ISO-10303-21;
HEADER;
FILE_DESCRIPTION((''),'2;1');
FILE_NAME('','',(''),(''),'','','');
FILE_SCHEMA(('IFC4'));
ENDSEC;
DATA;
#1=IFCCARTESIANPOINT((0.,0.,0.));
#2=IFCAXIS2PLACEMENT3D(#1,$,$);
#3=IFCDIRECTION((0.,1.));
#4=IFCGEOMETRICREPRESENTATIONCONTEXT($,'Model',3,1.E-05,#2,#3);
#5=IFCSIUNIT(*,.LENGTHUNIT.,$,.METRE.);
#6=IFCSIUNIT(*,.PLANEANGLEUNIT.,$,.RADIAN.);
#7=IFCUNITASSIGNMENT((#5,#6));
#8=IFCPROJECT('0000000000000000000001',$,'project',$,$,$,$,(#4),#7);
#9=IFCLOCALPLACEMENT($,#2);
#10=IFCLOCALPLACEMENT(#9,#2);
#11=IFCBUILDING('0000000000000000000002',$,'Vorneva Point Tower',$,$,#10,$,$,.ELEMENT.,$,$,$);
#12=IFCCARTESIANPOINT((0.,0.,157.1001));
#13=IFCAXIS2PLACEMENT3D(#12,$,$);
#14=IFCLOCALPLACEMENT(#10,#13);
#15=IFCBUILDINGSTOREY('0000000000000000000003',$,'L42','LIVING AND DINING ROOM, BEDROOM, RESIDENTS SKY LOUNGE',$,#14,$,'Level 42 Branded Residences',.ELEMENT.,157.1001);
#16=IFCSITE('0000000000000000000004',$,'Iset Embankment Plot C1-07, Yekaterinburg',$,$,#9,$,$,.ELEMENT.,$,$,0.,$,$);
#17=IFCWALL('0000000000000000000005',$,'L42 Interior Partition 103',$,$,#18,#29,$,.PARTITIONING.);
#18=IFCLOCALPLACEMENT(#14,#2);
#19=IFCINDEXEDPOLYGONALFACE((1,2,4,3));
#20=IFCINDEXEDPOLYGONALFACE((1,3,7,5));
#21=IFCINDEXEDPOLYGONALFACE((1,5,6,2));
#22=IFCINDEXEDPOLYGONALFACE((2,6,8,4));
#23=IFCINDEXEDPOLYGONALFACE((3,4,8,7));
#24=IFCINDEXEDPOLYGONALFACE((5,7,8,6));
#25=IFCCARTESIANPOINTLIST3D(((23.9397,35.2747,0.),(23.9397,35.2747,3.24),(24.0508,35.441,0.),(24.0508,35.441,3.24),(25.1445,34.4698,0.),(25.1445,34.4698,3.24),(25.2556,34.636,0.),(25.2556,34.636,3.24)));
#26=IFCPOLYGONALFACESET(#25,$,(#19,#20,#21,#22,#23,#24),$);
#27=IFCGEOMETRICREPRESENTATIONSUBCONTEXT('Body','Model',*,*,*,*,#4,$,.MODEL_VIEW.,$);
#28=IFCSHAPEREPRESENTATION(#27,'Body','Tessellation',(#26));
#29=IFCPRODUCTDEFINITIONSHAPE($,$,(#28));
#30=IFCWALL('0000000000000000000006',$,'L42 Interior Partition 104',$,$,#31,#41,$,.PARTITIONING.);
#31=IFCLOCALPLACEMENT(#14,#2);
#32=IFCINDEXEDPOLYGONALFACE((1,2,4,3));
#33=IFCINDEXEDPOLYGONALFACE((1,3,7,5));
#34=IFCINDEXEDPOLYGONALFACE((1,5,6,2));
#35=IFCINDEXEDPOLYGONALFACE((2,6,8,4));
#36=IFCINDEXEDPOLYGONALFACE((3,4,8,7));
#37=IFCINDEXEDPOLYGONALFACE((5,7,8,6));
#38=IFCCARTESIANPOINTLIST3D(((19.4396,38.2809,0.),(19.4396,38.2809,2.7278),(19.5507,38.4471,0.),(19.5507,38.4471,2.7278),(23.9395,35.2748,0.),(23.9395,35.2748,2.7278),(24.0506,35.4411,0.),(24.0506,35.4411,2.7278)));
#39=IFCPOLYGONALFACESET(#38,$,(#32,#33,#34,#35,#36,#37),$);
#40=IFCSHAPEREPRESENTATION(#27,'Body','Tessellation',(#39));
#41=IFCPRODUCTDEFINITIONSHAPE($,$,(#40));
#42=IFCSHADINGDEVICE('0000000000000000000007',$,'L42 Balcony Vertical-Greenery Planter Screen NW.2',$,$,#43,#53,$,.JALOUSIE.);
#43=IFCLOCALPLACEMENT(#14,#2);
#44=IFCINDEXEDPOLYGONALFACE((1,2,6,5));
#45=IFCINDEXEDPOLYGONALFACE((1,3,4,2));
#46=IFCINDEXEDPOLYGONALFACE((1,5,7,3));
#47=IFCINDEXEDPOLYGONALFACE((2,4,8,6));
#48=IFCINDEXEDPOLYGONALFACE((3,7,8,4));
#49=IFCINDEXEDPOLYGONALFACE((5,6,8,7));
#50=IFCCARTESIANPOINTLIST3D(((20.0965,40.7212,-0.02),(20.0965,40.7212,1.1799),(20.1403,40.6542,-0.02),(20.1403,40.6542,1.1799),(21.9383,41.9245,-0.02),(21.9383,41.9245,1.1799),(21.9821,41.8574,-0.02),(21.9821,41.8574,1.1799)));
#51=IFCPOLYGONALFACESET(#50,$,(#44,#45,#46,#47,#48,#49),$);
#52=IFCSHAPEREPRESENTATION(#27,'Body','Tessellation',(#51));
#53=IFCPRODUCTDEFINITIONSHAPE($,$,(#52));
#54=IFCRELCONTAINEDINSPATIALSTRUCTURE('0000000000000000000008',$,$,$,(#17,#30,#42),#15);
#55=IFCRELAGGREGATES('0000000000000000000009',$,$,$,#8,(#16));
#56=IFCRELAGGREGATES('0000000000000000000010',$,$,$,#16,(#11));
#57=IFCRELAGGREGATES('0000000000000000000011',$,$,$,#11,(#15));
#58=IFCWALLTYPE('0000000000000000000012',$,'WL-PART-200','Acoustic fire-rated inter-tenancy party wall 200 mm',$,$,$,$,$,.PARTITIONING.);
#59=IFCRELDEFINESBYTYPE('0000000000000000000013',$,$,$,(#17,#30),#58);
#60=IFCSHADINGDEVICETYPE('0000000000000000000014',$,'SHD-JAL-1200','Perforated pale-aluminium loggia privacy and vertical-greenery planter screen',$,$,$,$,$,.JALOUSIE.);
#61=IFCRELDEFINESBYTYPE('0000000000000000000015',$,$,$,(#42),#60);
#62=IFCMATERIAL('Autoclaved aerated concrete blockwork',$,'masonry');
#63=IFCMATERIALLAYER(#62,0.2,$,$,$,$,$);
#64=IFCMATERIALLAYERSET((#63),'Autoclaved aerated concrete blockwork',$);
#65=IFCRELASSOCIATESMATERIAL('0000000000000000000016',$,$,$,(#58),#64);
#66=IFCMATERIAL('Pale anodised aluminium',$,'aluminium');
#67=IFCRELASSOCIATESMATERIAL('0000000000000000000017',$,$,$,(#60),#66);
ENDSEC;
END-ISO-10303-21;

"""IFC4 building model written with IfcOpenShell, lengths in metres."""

from ifc_helpers import new_model, si_unit, direction, frame, frame_2d, origin, origin_2d, place, context, subcontext, project, spatial, rectangle, extrude, material, layer, layer_set, type_object, element, save


model = new_model("IFC4")

# Units and contexts
model_context = context("Model", 3, precision=1e-05, world=origin(), true_north=direction((0.0, 1.0)))
body_context = subcontext(model_context, "Body", "Model", "MODEL_VIEW")
ifc_project = project(units=[si_unit("LENGTHUNIT", "METRE"), si_unit("PLANEANGLEUNIT", "RADIAN")], contexts=[model_context])

# Site, building, storey
site_placement = place(None, origin())
site = spatial("IfcSite", under=ifc_project, at=site_placement, Name="Iset Embankment Plot C1-07, Yekaterinburg", CompositionType="ELEMENT", RefElevation=0.0)
building_placement = place(site_placement, origin())
building = spatial("IfcBuilding", under=site, at=building_placement, Name="Vorneva Point Tower", CompositionType="ELEMENT")
storey_placement = place(building_placement, frame((0.0, 0.0, 157.1001)))
storey = spatial("IfcBuildingStorey", under=building, at=storey_placement, Name="L42", Description="LIVING AND DINING ROOM, BEDROOM, RESIDENTS SKY LOUNGE", LongName="Level 42 Branded Residences", CompositionType="ELEMENT", Elevation=157.1001)

# Shared definitions
ifc_material_1 = material(Name="Pale anodised aluminium", Category="aluminium")

# Walls
ifc_material_2 = material(Name="Autoclaved aerated concrete blockwork", Category="masonry")
ifc_layer_1 = layer(ifc_material_2, 0.2)
ifc_layer_set_1 = layer_set([ifc_layer_1], Name="Autoclaved aerated concrete blockwork")
wall_type_1 = type_object("IfcWallType", Name="WL-PART-200", Description="Acoustic fire-rated inter-tenancy party wall 200 mm", PredefinedType="PARTITIONING", material=ifc_layer_set_1)
wall_1_placement = place(storey_placement, frame((23.9951, 35.3579, 0.0), z_axis=(0.0, 0.0, 1.0), x_axis=(0.831506, -0.555516, 0.0)))
element("IfcWall", 1, at=wall_1_placement, inside=storey, type_object=wall_type_1, Name="L42 Interior Partition 103", PredefinedType="PARTITIONING", context=body_context, shape_type="SweptSolid", body=[
    extrude(rectangle(XDim=1.449, YDim=0.2, at=frame_2d((0.7246, 0.0))), origin(), (0.0, 0.0, 1.0), 3.24),
])
wall_2_placement = place(storey_placement, frame((19.4951, 38.364, 0.0), z_axis=(0.0, 0.0, 1.0), x_axis=(0.831529, -0.555481, 0.0)))
element("IfcWall", 2, at=wall_2_placement, inside=storey, type_object=wall_type_1, Name="L42 Interior Partition 104", PredefinedType="PARTITIONING", context=body_context, shape_type="SweptSolid", body=[
    extrude(rectangle(XDim=5.4116, YDim=0.2, at=frame_2d((2.7058, 0.0))), origin(), (0.0, 0.0, 1.0), 2.7278),
])

# Shading device
shading_device_type = type_object("IfcShadingDeviceType", Name="SHD-JAL-1200", Description="Perforated pale-aluminium loggia privacy and vertical-greenery planter screen", PredefinedType="JALOUSIE", material=ifc_material_1)
shading_device_placement = place(storey_placement, frame((21.0393, 41.2893, -0.02), z_axis=(0.0, 0.0, 1.0), x_axis=(-0.837165, -0.54695, 0.0)))
element("IfcShadingDevice", 3, at=shading_device_placement, inside=storey, type_object=shading_device_type, Name="L42 Balcony Vertical-Greenery Planter Screen NW.2", PredefinedType="JALOUSIE", context=body_context, shape_type="SweptSolid", body=[
    extrude(rectangle(XDim=2.2, YDim=0.0801, at=origin_2d()), origin(), (0.0, 0.0, 1.0), 1.2),
])

save(model, "model.ifc")
